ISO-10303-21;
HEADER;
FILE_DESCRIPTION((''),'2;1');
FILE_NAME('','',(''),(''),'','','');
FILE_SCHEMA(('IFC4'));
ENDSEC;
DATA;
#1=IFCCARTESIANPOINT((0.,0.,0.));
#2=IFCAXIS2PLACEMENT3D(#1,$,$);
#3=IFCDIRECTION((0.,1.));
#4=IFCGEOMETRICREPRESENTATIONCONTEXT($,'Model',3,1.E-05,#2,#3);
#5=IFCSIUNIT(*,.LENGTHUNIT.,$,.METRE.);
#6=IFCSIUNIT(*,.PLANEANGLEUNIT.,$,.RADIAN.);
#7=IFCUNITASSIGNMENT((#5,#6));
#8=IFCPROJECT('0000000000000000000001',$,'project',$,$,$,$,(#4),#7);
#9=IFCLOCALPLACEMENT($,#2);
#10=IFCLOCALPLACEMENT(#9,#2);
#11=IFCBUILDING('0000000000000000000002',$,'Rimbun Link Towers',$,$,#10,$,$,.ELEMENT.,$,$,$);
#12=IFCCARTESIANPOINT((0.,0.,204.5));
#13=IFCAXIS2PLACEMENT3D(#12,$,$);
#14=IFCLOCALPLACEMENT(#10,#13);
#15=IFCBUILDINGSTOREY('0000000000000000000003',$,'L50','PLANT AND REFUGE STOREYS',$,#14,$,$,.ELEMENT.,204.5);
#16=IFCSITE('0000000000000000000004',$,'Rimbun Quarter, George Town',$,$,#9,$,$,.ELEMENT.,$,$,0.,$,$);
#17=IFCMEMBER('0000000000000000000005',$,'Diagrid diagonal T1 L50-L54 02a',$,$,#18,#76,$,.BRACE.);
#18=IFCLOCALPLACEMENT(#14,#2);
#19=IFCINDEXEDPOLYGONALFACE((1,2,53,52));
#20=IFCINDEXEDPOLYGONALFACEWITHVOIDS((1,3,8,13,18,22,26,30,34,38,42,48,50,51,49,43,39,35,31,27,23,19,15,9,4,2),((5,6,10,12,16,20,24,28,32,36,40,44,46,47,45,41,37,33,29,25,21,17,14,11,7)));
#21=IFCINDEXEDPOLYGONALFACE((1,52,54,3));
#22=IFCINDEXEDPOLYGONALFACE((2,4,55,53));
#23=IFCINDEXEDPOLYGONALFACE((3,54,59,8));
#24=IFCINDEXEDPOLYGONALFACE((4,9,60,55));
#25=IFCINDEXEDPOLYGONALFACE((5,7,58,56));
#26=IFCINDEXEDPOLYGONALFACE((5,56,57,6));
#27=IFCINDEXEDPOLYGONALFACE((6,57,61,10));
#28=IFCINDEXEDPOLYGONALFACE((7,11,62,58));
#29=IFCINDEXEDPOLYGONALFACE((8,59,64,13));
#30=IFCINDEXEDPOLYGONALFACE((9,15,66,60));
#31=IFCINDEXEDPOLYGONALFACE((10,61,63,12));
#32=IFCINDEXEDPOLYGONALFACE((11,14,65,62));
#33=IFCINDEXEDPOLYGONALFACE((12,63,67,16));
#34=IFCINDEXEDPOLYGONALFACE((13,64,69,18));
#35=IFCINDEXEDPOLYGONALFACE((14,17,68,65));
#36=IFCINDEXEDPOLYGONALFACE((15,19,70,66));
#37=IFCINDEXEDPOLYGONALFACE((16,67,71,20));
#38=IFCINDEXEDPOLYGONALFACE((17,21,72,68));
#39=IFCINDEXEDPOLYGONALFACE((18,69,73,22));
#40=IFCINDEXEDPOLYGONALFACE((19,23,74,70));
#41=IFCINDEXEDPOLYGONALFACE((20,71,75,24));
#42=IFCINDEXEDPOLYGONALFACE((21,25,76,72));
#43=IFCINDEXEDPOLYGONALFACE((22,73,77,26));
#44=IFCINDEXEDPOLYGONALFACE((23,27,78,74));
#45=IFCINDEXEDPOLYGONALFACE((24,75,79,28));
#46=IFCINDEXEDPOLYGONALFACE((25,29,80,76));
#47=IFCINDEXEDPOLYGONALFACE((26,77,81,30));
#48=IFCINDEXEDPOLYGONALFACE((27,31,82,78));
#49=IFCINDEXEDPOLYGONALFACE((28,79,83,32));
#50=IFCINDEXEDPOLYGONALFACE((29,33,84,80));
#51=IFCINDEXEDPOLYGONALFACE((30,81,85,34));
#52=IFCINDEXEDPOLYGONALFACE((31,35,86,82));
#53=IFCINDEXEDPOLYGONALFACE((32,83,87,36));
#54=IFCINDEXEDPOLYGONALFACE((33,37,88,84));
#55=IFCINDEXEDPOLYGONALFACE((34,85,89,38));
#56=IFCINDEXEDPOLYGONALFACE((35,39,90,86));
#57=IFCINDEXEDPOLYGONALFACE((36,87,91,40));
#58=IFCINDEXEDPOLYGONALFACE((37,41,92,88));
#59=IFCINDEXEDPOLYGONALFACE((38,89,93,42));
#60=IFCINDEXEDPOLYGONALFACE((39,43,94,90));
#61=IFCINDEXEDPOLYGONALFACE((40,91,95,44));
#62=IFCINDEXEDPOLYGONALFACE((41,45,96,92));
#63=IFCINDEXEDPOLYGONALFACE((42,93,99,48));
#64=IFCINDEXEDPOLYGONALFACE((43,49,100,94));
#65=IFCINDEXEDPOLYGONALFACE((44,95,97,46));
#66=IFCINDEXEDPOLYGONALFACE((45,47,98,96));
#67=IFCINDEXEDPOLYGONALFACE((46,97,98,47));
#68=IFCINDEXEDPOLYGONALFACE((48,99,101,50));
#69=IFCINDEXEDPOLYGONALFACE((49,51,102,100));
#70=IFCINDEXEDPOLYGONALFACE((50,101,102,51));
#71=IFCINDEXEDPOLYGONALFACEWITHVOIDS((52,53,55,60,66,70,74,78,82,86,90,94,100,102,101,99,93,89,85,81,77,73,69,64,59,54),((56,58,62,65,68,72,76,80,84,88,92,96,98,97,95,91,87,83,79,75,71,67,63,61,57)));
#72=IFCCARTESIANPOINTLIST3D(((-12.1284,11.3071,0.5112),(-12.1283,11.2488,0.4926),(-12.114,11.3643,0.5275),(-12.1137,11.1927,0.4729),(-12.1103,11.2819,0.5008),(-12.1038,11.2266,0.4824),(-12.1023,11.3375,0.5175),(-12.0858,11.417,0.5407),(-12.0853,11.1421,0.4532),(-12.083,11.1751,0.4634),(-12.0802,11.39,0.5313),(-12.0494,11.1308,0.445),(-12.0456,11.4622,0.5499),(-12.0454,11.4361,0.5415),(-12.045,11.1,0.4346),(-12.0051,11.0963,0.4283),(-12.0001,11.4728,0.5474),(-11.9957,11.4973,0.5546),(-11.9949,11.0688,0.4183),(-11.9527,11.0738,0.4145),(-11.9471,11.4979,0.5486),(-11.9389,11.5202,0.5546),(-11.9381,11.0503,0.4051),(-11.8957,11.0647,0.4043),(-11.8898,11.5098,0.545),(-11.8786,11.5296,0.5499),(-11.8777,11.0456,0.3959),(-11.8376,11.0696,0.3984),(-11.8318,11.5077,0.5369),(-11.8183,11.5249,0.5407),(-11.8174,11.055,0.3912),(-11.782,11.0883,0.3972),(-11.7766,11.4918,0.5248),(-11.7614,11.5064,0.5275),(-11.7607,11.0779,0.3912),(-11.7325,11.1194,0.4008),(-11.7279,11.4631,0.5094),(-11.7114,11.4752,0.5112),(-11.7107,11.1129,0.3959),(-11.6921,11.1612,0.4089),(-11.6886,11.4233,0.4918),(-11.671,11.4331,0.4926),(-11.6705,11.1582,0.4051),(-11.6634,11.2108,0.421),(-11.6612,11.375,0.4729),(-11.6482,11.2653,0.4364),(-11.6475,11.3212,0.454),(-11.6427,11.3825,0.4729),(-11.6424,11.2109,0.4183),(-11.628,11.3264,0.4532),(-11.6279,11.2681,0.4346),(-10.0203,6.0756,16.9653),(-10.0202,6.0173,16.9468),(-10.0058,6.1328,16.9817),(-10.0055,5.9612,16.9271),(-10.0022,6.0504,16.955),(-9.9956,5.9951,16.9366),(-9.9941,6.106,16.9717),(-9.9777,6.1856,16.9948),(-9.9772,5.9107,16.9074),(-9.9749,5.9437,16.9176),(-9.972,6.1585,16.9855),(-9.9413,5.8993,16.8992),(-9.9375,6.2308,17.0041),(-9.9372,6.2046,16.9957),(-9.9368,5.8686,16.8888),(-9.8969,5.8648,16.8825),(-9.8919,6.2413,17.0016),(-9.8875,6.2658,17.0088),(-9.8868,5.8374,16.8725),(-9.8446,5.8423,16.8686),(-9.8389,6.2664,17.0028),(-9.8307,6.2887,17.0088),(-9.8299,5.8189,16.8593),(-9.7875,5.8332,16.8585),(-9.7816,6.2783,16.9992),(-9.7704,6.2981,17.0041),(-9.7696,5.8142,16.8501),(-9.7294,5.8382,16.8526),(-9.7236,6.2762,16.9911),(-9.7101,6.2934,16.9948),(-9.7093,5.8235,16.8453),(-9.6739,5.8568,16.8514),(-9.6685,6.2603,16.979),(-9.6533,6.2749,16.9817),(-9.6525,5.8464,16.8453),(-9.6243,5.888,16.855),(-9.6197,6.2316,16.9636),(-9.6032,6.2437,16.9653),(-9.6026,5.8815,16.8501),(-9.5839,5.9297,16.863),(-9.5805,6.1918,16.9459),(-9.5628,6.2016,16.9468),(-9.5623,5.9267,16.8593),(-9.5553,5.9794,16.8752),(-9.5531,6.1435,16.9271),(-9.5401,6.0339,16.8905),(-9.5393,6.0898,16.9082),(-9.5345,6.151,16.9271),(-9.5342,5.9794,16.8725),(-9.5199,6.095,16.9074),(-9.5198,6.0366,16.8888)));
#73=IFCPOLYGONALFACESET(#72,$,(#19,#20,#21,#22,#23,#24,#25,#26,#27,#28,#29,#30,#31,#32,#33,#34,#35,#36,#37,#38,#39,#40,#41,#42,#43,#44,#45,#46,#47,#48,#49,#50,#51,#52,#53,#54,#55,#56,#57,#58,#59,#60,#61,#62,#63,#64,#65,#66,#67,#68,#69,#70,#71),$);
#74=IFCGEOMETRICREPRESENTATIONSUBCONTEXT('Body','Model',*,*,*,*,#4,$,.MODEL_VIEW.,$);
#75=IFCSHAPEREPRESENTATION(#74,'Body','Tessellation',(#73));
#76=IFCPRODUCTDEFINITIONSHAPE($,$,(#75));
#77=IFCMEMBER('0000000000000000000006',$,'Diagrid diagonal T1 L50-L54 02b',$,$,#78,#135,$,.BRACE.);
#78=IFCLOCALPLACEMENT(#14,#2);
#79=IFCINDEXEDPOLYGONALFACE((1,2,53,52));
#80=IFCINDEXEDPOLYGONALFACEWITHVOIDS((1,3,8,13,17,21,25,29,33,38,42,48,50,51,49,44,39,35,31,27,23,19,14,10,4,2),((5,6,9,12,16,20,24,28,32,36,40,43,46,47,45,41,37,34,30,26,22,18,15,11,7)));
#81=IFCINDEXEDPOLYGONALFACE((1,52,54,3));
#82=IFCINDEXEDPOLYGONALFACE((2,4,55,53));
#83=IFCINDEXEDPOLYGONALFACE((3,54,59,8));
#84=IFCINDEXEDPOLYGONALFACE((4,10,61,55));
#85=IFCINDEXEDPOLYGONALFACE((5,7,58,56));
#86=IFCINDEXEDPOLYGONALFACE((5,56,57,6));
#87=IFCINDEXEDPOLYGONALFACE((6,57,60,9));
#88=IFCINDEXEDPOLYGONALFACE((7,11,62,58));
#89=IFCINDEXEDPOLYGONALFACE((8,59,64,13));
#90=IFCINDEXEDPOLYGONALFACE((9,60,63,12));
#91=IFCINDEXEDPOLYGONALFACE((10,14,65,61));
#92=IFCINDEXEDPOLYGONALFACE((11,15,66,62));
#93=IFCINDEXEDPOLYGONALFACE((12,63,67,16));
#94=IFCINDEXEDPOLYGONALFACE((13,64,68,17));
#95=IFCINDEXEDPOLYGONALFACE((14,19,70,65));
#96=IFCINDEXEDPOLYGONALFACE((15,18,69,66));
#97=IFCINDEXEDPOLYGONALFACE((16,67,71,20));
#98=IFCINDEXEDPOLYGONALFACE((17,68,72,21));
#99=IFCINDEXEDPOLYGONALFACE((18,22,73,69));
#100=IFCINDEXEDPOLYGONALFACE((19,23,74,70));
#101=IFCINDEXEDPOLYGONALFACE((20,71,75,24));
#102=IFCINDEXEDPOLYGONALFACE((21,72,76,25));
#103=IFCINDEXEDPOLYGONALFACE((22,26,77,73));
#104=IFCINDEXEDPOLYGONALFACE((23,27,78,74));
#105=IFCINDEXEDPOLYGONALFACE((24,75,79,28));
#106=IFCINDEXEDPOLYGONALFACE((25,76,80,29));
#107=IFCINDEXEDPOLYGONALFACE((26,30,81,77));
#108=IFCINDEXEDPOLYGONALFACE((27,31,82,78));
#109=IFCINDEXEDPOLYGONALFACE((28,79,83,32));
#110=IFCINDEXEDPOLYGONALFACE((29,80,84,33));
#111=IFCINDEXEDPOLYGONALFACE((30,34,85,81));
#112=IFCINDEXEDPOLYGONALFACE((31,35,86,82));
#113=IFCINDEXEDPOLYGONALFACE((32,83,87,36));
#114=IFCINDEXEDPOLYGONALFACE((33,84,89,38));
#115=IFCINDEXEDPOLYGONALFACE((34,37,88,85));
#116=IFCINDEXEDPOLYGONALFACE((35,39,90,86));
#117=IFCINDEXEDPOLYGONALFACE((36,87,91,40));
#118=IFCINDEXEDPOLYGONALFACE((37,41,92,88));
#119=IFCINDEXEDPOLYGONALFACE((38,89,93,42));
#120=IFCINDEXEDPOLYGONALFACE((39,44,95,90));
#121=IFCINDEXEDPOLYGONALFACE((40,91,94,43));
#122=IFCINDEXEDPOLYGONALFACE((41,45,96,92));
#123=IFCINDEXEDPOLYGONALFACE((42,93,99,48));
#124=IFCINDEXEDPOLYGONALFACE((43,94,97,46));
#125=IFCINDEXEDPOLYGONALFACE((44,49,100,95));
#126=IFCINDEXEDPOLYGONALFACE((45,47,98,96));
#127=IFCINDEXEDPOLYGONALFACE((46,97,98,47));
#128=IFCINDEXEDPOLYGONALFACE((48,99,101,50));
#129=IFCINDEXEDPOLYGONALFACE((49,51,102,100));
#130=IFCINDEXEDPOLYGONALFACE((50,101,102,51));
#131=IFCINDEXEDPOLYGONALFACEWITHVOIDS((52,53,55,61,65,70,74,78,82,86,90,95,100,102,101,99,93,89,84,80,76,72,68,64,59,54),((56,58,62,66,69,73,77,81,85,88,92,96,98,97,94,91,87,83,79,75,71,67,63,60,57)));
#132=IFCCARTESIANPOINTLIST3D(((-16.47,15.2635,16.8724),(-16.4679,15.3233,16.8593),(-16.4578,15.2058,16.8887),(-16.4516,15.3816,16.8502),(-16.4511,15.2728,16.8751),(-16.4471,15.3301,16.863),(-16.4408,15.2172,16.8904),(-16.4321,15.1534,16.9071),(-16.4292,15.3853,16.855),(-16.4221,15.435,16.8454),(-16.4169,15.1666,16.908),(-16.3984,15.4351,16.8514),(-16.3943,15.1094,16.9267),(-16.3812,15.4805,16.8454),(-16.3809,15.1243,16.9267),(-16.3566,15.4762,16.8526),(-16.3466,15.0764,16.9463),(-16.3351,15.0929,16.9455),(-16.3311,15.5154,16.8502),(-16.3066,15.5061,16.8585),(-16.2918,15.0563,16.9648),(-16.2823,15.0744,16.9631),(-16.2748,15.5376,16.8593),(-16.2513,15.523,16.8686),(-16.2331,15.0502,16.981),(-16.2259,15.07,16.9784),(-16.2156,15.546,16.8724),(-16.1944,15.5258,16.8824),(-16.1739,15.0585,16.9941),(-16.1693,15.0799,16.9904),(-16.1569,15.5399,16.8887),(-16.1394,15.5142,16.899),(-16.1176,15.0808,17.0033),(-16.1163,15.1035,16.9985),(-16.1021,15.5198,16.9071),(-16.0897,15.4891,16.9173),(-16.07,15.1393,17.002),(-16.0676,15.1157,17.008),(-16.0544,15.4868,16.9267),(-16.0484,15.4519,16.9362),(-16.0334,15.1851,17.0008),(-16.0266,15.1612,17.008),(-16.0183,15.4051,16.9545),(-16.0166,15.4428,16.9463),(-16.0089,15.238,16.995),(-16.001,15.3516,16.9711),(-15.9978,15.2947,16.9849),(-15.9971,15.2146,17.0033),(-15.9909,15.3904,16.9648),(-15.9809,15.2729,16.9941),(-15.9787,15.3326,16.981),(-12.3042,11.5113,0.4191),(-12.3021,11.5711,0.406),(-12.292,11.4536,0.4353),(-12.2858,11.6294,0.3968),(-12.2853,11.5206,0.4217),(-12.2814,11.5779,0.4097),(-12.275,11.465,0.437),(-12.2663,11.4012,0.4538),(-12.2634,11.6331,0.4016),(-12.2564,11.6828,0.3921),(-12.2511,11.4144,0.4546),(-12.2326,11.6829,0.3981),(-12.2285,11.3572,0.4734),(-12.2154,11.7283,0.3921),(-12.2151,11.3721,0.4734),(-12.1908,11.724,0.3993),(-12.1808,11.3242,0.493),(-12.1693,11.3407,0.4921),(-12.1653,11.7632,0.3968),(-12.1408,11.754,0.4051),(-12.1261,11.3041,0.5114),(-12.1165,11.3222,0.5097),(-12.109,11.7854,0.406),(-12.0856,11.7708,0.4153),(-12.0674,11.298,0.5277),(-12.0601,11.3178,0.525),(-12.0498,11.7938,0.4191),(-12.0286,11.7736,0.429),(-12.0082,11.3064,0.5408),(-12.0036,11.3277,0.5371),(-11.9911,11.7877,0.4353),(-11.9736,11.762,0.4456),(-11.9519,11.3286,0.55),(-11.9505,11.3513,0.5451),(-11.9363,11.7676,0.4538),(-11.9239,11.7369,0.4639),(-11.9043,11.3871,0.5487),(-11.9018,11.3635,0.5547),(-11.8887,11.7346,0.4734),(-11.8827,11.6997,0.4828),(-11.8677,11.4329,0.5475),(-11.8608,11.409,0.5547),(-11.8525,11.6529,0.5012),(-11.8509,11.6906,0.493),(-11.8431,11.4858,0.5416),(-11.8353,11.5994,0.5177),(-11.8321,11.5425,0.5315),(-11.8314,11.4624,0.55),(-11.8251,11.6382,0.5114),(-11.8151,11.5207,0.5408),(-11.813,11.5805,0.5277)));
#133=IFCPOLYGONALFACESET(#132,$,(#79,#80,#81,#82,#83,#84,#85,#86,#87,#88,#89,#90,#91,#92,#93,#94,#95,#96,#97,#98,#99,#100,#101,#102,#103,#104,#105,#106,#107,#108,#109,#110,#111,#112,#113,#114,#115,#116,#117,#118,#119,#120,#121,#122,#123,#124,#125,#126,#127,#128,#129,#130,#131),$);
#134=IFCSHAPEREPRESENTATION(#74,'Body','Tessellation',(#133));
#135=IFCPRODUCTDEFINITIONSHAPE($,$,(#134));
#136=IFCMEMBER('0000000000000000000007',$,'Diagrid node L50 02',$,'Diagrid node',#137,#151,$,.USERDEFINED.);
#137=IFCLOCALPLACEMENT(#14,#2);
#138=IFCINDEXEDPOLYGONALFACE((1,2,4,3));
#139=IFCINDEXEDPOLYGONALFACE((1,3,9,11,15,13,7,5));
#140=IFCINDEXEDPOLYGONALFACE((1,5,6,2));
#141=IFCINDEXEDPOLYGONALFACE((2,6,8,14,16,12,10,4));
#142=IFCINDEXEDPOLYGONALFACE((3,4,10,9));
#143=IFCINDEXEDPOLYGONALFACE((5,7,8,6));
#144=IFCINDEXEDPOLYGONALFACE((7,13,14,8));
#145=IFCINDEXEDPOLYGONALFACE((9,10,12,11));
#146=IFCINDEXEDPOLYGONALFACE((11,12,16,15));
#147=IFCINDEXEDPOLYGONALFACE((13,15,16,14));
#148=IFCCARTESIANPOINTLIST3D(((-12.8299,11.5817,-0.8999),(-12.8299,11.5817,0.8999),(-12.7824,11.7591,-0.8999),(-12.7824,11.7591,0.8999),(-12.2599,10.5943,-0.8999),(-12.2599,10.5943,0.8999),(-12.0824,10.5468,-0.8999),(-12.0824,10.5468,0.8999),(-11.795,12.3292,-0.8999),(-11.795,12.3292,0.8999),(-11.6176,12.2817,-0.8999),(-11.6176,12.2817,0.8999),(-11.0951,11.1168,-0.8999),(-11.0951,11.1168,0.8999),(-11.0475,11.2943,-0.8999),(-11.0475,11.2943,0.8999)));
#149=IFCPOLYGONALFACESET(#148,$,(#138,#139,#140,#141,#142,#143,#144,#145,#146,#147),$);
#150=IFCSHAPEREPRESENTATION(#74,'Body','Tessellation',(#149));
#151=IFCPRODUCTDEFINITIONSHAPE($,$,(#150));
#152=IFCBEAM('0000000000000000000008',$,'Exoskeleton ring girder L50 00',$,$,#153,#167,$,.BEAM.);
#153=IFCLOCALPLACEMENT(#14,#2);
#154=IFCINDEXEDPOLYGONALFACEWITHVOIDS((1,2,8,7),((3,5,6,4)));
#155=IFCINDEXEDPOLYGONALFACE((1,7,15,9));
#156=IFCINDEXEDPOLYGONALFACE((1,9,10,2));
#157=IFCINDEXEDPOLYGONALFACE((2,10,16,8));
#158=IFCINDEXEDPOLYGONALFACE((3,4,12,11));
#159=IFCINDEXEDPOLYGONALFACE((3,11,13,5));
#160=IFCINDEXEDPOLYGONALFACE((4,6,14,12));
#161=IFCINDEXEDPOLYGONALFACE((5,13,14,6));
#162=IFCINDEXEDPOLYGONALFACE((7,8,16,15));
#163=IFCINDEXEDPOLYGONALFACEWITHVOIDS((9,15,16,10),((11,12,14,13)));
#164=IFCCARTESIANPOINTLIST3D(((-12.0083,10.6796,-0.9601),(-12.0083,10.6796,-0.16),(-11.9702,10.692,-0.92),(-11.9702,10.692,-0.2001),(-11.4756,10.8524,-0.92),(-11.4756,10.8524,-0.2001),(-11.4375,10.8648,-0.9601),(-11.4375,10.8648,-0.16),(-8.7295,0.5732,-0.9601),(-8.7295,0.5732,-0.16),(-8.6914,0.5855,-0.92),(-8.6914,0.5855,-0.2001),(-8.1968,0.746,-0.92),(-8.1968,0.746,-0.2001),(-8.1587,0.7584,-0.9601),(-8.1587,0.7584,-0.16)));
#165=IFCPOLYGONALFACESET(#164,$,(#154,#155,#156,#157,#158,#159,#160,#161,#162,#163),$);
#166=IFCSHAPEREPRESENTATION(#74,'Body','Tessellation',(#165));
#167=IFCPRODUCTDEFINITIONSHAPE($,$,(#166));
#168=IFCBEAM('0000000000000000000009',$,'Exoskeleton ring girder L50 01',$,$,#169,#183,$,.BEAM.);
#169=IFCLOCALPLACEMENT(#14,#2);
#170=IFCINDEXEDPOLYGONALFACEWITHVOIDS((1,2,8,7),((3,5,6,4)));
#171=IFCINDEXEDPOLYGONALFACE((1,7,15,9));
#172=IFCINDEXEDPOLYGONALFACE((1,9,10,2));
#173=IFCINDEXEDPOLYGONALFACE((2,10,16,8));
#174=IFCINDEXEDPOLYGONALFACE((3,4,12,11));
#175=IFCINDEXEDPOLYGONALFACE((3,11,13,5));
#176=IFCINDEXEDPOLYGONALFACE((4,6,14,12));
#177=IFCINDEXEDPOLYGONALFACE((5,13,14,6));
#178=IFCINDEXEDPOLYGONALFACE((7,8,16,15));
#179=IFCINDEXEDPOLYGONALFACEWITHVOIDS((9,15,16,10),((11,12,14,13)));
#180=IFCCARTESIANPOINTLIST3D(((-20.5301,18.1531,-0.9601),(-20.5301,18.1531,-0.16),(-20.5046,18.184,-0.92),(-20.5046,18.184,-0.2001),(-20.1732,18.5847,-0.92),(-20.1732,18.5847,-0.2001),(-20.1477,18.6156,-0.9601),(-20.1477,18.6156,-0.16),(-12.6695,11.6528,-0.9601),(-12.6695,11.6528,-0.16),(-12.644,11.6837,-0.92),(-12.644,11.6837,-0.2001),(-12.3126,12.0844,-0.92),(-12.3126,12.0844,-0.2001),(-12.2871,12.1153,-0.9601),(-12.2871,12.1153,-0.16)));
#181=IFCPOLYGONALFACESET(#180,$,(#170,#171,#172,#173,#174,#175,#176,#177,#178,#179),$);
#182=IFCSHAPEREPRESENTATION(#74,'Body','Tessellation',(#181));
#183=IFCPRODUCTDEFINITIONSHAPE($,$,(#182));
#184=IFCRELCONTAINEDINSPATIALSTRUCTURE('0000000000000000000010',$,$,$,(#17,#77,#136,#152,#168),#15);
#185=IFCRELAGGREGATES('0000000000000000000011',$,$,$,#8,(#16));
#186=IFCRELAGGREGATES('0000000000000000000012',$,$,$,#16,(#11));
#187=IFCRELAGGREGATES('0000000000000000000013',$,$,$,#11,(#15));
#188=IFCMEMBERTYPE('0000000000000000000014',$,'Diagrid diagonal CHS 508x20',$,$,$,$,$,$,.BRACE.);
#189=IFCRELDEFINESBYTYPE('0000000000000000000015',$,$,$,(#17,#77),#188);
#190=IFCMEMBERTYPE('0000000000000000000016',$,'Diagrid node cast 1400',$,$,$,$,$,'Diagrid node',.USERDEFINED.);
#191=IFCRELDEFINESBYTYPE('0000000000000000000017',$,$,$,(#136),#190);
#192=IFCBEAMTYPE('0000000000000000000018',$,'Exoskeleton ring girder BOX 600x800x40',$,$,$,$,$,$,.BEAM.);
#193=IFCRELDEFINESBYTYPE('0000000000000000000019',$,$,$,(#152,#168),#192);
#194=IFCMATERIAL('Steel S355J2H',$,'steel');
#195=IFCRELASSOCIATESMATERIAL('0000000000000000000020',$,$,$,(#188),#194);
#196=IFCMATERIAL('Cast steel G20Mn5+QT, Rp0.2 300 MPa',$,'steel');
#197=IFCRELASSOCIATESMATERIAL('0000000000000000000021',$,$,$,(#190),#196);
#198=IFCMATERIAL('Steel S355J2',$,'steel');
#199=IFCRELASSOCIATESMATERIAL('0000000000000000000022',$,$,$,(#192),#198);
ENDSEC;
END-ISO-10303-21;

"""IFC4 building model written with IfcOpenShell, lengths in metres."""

from ifc_helpers import new_model, si_unit, direction, frame, origin, origin_2d, place, context, subcontext, project, spatial, polyline, hollow_rectangle, hollow_circle, outline, extrude, material, material_profile, profile_set, type_object, element, save


model = new_model("IFC4")

# Units and contexts
model_context = context("Model", 3, precision=1e-05, world=origin(), true_north=direction((0.0, 1.0)))
body_context = subcontext(model_context, "Body", "Model", "MODEL_VIEW")
ifc_project = project(units=[si_unit("LENGTHUNIT", "METRE"), si_unit("PLANEANGLEUNIT", "RADIAN")], contexts=[model_context])

# Site, building, storey
site_placement = place(None, origin())
site = spatial("IfcSite", under=ifc_project, at=site_placement, Name="Rimbun Quarter, George Town", CompositionType="ELEMENT", RefElevation=0.0)
building_placement = place(site_placement, origin())
building = spatial("IfcBuilding", under=site, at=building_placement, Name="Rimbun Link Towers", CompositionType="ELEMENT")
storey_placement = place(building_placement, frame((0.0, 0.0, 204.5)))
storey = spatial("IfcBuildingStorey", under=building, at=storey_placement, Name="L50", Description="PLANT AND REFUGE STOREYS", CompositionType="ELEMENT", Elevation=204.5)

# Members
ifc_material_1 = material(Name="Steel S355J2H", Category="steel")
ifc_material_profile_1 = material_profile(ifc_material_1, hollow_circle(Radius=0.2539, WallThickness=0.02, at=origin_2d()), Name="Diagrid diagonal CHS 508x20")
ifc_profile_set_1 = profile_set([ifc_material_profile_1], Name="Steel S355J2H")
member_type_1 = type_object("IfcMemberType", Name="Diagrid diagonal CHS 508x20", PredefinedType="BRACE", material=ifc_profile_set_1)
member_1_placement = place(storey_placement, frame((-11.8782, 11.2876, 0.4729), z_axis=(0.1212, -0.300762, 0.945966), x_axis=(0.927521, 0.37377, 0.0)))
element("IfcMember", 1, at=member_1_placement, inside=storey, type_object=member_type_1, Name="Diagrid diagonal T1 L50-L54 02a", PredefinedType="BRACE", context=body_context, shape_type="SweptSolid", body=[
    extrude(hollow_circle(Radius=0.2539, WallThickness=0.02, at=origin_2d()), origin(), (0.0, 0.0, 1.0), 17.394),
])
member_2_placement = place(storey_placement, frame((-12.0586, 11.5459, 0.4734), z_axis=(-0.239655, 0.215863, 0.946556), x_axis=(-0.669261, -0.743028, 0.0)))
element("IfcMember", 2, at=member_2_placement, inside=storey, type_object=member_type_1, Name="Diagrid diagonal T1 L50-L54 02b", PredefinedType="BRACE", context=body_context, shape_type="SweptSolid", body=[
    extrude(hollow_circle(Radius=0.2539, WallThickness=0.02, at=origin_2d()), origin(), (0.0, 0.0, 1.0), 17.3823),
])
ifc_material_2 = material(Name="Cast steel G20Mn5+QT, Rp0.2 300 MPa", Category="steel")
ifc_material_profile_2 = material_profile(ifc_material_2, outline(polyline([(0.7, -0.5701), (0.7, 0.5701), (0.5701, 0.7), (-0.5701, 0.7), (-0.7, 0.5701), (-0.7, -0.5701), (-0.5701, -0.7), (0.5701, -0.7), (0.7, -0.5701)])), Name="NODE 1400x1400")
ifc_profile_set_2 = profile_set([ifc_material_profile_2], Name="Cast steel G20Mn5+QT, Rp0.2 300 MPa")
member_type_2 = type_object("IfcMemberType", Name="Diagrid node cast 1400", ElementType="Diagrid node", PredefinedType="USERDEFINED", material=ifc_profile_set_2)
member_3_placement = place(storey_placement, frame((-11.9387, 11.438, -0.8999), z_axis=(0.0, 0.0, 1.0), x_axis=(0.866025, 0.5, 0.0)))
element("IfcMember", 3, at=member_3_placement, inside=storey, type_object=member_type_2, Name="Diagrid node L50 02", ObjectType="Diagrid node", PredefinedType="USERDEFINED", context=body_context, shape_type="SweptSolid", body=[
    extrude(outline(polyline([(0.7, -0.5701), (0.7, 0.5701), (0.5701, 0.7), (-0.5701, 0.7), (-0.7, 0.5701), (-0.7, -0.5701), (-0.5701, -0.7), (0.5701, -0.7), (0.7, -0.5701)])), origin(), (0.0, 0.0, 1.0), 1.7998),
])

# Beams
ifc_material_3 = material(Name="Steel S355J2", Category="steel")
ifc_material_profile_3 = material_profile(ifc_material_3, hollow_rectangle(XDim=0.6001, YDim=0.8, WallThickness=0.04, at=origin_2d()), Name="Exoskeleton ring girder BOX 600x800x40")
ifc_profile_set_3 = profile_set([ifc_material_profile_3], Name="Steel S355J2")
beam_type_1 = type_object("IfcBeamType", Name="Exoskeleton ring girder BOX 600x800x40", PredefinedType="BEAM", material=ifc_profile_set_3)
beam_1_placement = place(storey_placement, frame((-8.4441, 0.6658, -0.5601), z_axis=(-0.308593, 0.951194, 0.0), x_axis=(-0.951194, -0.308593, 0.0)))
element("IfcBeam", 4, at=beam_1_placement, inside=storey, type_object=beam_type_1, Name="Exoskeleton ring girder L50 00", PredefinedType="BEAM", context=body_context, shape_type="SweptSolid", body=[
    extrude(hollow_rectangle(XDim=0.6001, YDim=0.8, WallThickness=0.04, at=origin_2d()), origin(), (0.0, 0.0, 1.0), 10.625),
])
beam_2_placement = place(storey_placement, frame((-12.4783, 11.884, -0.5601), z_axis=(-0.770639, 0.637272, 0.0), x_axis=(-0.637272, -0.770639, 0.0)))
element("IfcBeam", 5, at=beam_2_placement, inside=storey, type_object=beam_type_1, Name="Exoskeleton ring girder L50 01", PredefinedType="BEAM", context=body_context, shape_type="SweptSolid", body=[
    extrude(hollow_rectangle(XDim=0.6001, YDim=0.8, WallThickness=0.04, at=origin_2d()), origin(), (0.0, 0.0, 1.0), 10.2002),
])

save(model, "model.ifc")
